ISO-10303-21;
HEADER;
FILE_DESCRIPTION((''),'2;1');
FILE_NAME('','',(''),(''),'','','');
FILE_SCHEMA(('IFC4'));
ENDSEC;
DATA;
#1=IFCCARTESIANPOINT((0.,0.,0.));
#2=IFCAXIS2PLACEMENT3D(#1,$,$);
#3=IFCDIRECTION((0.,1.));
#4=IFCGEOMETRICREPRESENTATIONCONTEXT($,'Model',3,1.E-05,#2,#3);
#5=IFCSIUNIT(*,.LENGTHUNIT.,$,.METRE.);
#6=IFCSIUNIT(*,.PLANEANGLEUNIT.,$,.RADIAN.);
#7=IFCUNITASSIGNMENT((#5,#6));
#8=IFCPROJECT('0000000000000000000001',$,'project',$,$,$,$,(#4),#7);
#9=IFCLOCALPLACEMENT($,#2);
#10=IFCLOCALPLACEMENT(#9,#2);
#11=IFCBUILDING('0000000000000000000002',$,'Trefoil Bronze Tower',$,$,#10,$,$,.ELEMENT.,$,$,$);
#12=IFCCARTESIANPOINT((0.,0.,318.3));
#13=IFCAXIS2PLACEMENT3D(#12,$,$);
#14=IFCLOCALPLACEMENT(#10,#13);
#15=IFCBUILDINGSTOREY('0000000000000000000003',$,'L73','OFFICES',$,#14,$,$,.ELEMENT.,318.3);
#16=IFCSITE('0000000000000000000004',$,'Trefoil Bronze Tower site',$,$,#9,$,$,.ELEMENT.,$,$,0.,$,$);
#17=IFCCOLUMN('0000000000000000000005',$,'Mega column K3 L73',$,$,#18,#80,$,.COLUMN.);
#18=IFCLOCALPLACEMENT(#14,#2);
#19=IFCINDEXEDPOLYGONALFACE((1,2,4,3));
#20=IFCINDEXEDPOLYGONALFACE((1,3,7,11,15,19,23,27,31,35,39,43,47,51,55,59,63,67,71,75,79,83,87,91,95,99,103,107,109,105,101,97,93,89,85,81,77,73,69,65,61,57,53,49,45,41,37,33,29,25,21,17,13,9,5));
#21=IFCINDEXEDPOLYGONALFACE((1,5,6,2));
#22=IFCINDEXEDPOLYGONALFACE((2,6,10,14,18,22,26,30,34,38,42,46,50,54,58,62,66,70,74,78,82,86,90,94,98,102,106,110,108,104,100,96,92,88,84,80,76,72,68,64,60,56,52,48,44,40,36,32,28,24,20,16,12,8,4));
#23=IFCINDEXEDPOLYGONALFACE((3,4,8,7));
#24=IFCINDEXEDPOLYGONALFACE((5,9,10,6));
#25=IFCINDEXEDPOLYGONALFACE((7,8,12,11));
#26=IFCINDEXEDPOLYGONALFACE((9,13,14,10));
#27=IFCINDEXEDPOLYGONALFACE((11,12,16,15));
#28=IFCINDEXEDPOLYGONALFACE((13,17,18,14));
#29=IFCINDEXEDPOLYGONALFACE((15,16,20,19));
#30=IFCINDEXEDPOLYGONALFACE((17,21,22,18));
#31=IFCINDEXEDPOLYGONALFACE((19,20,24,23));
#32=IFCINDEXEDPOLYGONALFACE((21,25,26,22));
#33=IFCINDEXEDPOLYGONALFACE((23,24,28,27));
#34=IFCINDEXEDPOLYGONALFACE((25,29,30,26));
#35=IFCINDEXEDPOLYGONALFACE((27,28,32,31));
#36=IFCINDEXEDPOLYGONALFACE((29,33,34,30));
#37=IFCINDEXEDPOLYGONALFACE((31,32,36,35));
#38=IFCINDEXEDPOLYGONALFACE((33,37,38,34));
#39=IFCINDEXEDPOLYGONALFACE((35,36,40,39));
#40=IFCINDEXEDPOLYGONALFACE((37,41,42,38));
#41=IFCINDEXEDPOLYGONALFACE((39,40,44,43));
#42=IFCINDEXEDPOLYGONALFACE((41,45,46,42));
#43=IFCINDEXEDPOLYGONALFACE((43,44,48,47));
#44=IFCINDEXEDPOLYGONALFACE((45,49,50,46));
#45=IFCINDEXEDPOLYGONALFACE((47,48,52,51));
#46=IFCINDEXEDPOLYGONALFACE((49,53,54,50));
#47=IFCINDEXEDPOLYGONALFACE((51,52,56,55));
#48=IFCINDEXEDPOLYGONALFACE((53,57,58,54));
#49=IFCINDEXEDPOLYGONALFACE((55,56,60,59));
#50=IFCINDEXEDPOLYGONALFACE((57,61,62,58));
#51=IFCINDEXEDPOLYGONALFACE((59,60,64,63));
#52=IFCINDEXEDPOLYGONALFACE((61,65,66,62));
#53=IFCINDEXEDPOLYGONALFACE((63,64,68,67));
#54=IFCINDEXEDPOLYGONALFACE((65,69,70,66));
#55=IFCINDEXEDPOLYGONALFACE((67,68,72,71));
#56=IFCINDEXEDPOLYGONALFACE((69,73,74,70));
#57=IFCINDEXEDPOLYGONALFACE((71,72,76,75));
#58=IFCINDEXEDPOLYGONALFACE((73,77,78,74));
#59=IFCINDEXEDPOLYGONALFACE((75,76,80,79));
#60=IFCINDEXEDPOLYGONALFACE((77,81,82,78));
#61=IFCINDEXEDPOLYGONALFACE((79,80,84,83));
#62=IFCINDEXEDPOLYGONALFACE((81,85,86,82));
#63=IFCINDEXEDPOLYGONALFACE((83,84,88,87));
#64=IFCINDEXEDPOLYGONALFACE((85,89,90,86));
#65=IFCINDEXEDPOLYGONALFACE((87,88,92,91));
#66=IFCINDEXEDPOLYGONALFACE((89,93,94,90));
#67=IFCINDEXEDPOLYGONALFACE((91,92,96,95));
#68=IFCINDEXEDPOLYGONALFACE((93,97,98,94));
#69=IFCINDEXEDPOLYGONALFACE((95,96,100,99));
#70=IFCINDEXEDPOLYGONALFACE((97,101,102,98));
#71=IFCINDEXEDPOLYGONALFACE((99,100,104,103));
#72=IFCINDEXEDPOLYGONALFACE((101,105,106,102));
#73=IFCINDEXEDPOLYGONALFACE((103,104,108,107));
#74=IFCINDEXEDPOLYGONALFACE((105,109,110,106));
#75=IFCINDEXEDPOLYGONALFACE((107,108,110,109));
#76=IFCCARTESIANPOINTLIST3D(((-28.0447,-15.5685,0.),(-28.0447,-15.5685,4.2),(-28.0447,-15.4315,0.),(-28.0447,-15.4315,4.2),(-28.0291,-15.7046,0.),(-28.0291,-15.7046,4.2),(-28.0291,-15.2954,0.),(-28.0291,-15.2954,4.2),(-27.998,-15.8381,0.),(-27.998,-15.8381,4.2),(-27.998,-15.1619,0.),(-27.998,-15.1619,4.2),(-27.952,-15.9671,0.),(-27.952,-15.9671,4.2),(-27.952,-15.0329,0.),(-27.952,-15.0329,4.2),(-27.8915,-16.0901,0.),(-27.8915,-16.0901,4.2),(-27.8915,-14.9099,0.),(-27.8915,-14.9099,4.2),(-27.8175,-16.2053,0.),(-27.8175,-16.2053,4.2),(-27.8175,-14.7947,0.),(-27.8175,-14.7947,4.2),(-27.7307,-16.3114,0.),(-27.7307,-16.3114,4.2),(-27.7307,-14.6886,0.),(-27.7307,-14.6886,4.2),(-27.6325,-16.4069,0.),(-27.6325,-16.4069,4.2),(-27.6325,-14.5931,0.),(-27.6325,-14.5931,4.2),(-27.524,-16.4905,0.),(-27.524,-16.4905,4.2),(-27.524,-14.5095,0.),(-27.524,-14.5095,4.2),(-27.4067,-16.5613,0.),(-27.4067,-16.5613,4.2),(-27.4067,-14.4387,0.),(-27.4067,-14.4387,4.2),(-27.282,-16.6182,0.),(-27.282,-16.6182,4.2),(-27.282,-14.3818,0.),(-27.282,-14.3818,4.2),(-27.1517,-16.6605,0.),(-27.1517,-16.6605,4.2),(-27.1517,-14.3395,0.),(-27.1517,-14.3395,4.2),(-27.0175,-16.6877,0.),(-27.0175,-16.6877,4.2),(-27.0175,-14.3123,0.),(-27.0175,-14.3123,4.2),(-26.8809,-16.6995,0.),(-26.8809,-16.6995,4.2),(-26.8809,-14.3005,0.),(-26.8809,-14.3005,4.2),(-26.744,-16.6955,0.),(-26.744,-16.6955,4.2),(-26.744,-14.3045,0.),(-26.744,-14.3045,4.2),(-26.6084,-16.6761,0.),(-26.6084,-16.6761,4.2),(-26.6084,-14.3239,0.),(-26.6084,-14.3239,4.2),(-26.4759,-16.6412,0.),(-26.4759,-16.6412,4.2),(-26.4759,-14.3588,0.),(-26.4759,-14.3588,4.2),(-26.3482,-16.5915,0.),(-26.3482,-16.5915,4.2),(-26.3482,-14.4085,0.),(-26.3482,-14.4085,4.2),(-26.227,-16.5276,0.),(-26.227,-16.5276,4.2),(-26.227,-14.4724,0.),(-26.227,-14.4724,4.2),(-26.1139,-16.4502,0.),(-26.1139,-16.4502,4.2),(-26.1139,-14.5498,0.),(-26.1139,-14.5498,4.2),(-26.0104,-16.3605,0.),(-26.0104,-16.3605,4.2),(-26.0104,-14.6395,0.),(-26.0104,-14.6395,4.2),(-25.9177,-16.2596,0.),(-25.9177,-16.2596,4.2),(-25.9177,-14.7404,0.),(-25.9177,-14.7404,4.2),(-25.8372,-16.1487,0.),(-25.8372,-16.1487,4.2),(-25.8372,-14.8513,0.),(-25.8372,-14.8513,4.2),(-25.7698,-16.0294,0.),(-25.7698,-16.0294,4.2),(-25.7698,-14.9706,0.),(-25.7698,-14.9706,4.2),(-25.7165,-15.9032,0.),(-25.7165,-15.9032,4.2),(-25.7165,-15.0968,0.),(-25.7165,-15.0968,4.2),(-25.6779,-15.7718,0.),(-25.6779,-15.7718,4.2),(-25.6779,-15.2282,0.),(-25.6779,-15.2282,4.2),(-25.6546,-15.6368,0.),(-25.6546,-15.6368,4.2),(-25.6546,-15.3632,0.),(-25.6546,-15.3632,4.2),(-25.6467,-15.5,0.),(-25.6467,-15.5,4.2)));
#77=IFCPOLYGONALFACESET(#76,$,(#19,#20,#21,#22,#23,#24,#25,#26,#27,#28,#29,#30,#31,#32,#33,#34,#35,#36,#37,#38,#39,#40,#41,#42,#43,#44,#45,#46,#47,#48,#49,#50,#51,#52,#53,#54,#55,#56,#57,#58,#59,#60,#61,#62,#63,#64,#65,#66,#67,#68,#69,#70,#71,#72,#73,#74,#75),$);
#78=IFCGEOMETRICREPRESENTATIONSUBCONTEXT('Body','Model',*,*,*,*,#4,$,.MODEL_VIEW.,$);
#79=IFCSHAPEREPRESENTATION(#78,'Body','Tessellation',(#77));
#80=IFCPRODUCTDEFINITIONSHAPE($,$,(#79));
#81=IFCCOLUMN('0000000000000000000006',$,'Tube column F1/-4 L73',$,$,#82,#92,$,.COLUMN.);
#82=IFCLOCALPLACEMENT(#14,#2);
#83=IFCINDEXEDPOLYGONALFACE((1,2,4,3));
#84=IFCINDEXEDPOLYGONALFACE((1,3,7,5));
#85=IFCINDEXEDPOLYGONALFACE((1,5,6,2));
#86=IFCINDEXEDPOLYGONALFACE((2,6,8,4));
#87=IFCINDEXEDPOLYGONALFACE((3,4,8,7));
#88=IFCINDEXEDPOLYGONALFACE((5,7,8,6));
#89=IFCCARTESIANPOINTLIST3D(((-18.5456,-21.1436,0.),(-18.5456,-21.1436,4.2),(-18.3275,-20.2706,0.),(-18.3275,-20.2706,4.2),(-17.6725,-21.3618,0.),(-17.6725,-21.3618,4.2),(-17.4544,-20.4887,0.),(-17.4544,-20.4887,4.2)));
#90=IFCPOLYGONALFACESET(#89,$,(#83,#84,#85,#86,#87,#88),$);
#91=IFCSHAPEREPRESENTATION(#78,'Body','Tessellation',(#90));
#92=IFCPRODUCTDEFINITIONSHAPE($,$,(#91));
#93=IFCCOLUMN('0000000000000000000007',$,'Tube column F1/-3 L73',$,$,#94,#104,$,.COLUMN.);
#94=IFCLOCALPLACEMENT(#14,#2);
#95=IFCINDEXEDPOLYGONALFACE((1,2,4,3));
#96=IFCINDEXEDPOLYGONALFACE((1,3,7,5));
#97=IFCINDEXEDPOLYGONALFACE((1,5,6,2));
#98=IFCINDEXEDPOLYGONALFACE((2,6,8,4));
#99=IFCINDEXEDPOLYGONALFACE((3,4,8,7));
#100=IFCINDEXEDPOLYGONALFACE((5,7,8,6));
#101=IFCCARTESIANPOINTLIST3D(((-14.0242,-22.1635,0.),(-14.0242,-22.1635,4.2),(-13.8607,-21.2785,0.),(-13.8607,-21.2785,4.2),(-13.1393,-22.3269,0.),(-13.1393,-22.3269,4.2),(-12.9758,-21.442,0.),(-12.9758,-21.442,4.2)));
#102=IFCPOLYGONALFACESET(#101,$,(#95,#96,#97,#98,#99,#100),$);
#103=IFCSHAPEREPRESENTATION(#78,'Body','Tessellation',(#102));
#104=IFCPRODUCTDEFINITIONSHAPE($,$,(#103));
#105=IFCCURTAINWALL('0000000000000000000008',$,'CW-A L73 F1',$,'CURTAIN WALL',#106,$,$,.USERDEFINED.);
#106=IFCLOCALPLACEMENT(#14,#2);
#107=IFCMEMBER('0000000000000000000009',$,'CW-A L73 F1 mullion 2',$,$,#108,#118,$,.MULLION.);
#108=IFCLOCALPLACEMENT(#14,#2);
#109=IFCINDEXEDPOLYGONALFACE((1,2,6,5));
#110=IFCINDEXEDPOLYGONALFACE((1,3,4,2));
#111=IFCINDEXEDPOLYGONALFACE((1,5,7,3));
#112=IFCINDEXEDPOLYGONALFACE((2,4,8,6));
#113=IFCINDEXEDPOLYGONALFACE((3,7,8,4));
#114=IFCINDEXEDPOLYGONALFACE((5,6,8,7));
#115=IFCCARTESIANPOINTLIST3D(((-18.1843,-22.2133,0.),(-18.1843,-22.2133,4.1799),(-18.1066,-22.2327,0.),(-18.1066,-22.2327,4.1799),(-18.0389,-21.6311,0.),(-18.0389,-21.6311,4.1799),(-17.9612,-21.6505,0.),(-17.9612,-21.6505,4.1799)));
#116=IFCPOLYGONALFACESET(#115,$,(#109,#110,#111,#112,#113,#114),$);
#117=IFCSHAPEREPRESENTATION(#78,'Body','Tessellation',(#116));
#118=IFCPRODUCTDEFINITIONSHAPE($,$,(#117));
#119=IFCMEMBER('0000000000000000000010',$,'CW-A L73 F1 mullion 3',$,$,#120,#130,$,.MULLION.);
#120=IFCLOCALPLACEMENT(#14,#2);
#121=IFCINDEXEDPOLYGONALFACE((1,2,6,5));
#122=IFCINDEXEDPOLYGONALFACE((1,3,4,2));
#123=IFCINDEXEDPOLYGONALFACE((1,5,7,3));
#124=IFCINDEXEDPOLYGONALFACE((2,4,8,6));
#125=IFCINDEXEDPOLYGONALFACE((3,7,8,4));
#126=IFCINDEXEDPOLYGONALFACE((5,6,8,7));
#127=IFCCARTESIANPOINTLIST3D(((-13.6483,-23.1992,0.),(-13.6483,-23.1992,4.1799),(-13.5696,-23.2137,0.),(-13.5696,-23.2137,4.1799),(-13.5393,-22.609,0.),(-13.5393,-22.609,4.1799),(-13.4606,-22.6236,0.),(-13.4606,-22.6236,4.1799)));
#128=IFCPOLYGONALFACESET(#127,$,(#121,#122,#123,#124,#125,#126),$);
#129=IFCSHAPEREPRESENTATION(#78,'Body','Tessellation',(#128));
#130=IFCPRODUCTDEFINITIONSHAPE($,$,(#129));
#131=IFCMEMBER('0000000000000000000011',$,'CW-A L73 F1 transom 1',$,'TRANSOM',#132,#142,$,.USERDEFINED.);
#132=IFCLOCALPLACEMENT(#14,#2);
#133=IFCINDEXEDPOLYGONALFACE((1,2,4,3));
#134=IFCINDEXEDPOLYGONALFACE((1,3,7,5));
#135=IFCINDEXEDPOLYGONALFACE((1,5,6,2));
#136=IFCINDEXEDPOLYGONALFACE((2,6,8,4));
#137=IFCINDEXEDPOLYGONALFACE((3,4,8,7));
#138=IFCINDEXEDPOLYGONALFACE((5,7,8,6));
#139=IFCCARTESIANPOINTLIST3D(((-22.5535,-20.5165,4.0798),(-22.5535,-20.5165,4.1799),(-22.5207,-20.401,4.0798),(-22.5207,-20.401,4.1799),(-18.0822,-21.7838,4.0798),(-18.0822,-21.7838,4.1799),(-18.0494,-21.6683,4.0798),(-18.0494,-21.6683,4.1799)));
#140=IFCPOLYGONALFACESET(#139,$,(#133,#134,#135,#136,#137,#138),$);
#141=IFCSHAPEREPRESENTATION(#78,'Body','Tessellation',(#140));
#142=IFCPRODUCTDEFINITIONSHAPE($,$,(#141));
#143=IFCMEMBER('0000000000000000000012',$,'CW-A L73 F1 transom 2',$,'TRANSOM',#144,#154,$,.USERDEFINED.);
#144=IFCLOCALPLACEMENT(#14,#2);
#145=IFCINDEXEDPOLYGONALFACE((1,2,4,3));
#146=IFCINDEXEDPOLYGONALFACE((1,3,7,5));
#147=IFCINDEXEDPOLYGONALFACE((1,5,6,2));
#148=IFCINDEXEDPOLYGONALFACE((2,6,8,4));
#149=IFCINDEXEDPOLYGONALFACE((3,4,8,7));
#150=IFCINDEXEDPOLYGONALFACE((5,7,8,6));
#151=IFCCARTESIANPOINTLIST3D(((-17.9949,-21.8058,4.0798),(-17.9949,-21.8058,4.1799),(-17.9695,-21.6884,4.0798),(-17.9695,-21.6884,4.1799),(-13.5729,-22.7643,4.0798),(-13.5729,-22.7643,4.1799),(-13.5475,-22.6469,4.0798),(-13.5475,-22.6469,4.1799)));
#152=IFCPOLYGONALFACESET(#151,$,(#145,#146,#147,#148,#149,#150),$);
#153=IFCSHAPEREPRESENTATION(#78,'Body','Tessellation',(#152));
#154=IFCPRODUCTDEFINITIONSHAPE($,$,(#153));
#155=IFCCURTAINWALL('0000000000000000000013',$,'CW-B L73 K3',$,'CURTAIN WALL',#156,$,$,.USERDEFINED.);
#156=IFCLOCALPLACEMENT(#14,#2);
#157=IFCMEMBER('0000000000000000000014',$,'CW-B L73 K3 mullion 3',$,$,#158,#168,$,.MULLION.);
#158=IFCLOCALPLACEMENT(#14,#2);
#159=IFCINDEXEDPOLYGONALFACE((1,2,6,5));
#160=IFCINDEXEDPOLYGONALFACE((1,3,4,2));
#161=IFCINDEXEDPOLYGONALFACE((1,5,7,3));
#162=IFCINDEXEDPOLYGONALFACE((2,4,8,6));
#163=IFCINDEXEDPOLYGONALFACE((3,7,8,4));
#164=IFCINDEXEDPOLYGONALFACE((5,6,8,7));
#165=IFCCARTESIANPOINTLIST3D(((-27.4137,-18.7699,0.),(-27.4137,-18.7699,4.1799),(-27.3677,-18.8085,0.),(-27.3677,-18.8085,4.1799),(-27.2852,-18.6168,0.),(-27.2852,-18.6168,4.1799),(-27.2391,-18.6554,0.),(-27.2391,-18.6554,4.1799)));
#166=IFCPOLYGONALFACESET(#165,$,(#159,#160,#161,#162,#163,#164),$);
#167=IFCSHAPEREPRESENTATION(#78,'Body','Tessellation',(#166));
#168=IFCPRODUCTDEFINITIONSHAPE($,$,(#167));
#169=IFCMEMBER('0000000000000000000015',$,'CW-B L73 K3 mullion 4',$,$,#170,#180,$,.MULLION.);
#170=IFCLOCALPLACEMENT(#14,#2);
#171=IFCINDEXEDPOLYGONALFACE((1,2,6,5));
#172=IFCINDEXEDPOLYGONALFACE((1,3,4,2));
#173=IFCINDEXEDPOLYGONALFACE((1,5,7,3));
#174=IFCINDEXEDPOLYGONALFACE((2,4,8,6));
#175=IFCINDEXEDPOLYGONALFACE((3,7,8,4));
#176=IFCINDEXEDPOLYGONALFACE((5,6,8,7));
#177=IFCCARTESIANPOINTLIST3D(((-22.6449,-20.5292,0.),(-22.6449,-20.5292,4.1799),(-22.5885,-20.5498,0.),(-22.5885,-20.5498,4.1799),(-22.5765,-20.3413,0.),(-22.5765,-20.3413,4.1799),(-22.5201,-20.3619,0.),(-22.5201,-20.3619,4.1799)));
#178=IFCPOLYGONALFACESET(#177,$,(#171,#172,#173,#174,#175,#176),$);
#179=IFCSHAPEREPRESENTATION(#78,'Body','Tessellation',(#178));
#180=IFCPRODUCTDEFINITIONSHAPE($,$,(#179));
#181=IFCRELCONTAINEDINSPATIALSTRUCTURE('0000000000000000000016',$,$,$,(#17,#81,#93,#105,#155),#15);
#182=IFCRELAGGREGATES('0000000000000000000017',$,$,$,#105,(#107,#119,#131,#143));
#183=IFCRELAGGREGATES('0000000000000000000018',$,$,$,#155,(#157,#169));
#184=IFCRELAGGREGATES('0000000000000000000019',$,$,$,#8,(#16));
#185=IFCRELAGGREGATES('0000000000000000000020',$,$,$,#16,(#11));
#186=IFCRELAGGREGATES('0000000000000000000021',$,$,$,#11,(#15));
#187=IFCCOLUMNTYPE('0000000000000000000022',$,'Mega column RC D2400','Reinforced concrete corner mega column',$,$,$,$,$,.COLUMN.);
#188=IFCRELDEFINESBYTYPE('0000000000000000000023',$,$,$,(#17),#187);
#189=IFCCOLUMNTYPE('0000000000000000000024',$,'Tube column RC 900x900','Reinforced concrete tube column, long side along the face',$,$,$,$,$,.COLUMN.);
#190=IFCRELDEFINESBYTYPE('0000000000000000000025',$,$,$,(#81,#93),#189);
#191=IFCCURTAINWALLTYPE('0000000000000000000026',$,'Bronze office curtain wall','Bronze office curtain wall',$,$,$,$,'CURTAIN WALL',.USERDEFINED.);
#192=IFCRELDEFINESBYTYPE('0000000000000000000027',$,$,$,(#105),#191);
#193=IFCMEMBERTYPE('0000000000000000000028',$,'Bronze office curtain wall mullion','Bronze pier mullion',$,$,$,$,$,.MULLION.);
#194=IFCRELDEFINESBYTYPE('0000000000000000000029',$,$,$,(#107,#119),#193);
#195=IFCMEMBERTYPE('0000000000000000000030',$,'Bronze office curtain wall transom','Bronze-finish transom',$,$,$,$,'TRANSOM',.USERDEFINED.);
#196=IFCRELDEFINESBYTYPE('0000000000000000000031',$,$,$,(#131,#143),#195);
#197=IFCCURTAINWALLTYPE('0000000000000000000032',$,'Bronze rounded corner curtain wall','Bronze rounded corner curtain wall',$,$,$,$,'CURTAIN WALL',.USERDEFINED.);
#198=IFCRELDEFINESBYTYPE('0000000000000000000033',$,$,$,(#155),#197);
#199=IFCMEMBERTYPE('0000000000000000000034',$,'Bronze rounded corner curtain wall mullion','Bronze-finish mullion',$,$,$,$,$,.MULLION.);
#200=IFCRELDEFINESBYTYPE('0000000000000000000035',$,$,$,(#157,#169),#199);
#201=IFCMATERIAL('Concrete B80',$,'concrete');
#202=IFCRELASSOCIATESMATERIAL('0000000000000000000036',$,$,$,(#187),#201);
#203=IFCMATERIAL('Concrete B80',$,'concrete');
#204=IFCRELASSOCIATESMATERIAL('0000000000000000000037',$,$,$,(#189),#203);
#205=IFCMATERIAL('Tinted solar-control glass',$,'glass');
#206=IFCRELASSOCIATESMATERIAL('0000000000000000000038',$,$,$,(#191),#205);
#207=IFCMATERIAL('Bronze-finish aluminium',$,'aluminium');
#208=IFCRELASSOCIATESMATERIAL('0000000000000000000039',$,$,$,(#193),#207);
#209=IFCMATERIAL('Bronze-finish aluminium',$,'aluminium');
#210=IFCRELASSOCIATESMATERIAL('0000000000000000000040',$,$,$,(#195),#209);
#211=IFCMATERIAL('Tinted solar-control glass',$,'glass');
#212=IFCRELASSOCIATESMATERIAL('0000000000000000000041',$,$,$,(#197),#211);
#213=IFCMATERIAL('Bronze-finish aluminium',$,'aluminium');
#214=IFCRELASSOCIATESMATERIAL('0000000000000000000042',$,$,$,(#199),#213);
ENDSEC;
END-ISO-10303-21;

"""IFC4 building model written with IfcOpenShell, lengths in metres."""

from ifc_helpers import new_model, si_unit, direction, frame, origin, origin_2d, place, context, subcontext, project, spatial, rectangle, circle, extrude, material, material_profile, profile_set, type_object, element, aggregate, save


model = new_model("IFC4")

# Units and contexts
model_context = context("Model", 3, precision=1e-05, world=origin(), true_north=direction((0.0, 1.0)))
body_context = subcontext(model_context, "Body", "Model", "MODEL_VIEW")
ifc_project = project(units=[si_unit("LENGTHUNIT", "METRE"), si_unit("PLANEANGLEUNIT", "RADIAN")], contexts=[model_context])

# Site, building, storey
site_placement = place(None, origin())
site = spatial("IfcSite", under=ifc_project, at=site_placement, Name="Trefoil Bronze Tower site", CompositionType="ELEMENT", RefElevation=0.0)
building_placement = place(site_placement, origin())
building = spatial("IfcBuilding", under=site, at=building_placement, Name="Trefoil Bronze Tower", CompositionType="ELEMENT")
storey_placement = place(building_placement, frame((0.0, 0.0, 318.3)))
storey = spatial("IfcBuildingStorey", under=building, at=storey_placement, Name="L73", Description="OFFICES", CompositionType="ELEMENT", Elevation=318.3)

# Columns
ifc_material_1 = material(Name="Concrete B80", Category="concrete")
ifc_material_profile_1 = material_profile(ifc_material_1, circle(Radius=1.2, at=origin_2d()), Name="RC D2400")
ifc_profile_set_1 = profile_set([ifc_material_profile_1], Name="Concrete B80")
column_type_1 = type_object("IfcColumnType", Name="Mega column RC D2400", Description="Reinforced concrete corner mega column", PredefinedType="COLUMN", material=ifc_profile_set_1)
column_placement = place(storey_placement, frame((-26.8467, -15.5, 0.0), z_axis=(0.0, 0.0, 1.0), x_axis=(1.0, 0.0, 0.0)))
element("IfcColumn", 1, at=column_placement, inside=storey, type_object=column_type_1, Name="Mega column K3 L73", PredefinedType="COLUMN", context=body_context, shape_type="SweptSolid", body=[
    extrude(circle(Radius=1.2, at=origin_2d()), origin(), (0.0, 0.0, 1.0), 4.2),
])
ifc_material_2 = material(Name="Concrete B80", Category="concrete")
ifc_material_profile_2 = material_profile(ifc_material_2, rectangle(XDim=0.8999, YDim=0.8999, at=origin_2d()), Name="RC 900x900")
ifc_profile_set_2 = profile_set([ifc_material_profile_2], Name="Concrete B80")
column_type_2 = type_object("IfcColumnType", Name="Tube column RC 900x900", Description="Reinforced concrete tube column, long side along the face", PredefinedType="COLUMN", material=ifc_profile_set_2)
for number, where, z_axis, x_axis, name in (
    (2, (-18.0, -20.8162, 0.0), (0.0, 0.0, 1.0), (0.970178, -0.242394, 0.0), "Tube column F1/-4 L73"),
    (3, (-13.5, -21.8027, 0.0), (0.0, 0.0, 1.0), (0.98336, -0.181667, 0.0), "Tube column F1/-3 L73"),
):
    element("IfcColumn", number, at=place(storey_placement, frame(where, z_axis=z_axis, x_axis=x_axis)), inside=storey, type_object=column_type_2, Name=name, PredefinedType="COLUMN", context=body_context, shape_type="SweptSolid", body=[
        extrude(rectangle(XDim=0.8999, YDim=0.8999, at=origin_2d()), origin(), (0.0, 0.0, 1.0), 4.2),
    ])

# Curtain walls, members
ifc_material_3 = material(Name="Tinted solar-control glass", Category="glass")
curtain_wall_type_1 = type_object("IfcCurtainWallType", Name="Bronze office curtain wall", Description="Bronze office curtain wall", ElementType="CURTAIN WALL", PredefinedType="USERDEFINED", material=ifc_material_3)
curtain_wall_1_placement = place(storey_placement, origin())
curtain_wall_1 = element("IfcCurtainWall", 4, at=curtain_wall_1_placement, inside=storey, type_object=curtain_wall_type_1, Name="CW-A L73 F1", ObjectType="CURTAIN WALL", PredefinedType="USERDEFINED")
ifc_material_4 = material(Name="Bronze-finish aluminium", Category="aluminium")
ifc_material_profile_3 = material_profile(ifc_material_4, rectangle(XDim=0.6001, YDim=0.0801, at=origin_2d()), Name="CW-A mullion")
ifc_profile_set_3 = profile_set([ifc_material_profile_3], Name="Bronze-finish aluminium")
member_type_1 = type_object("IfcMemberType", Name="Bronze office curtain wall mullion", Description="Bronze pier mullion", PredefinedType="MULLION", material=ifc_profile_set_3)
member_1_placement = place(storey_placement, frame((-18.0728, -21.9319, 0.0), z_axis=(0.0, 0.0, 1.0), x_axis=(0.242394, 0.970178, 0.0)))
member_1 = element("IfcMember", 5, at=member_1_placement, type_object=member_type_1, Name="CW-A L73 F1 mullion 2", PredefinedType="MULLION", context=body_context, shape_type="SweptSolid", body=[
    extrude(rectangle(XDim=0.6001, YDim=0.0801, at=origin_2d()), origin(), (0.0, 0.0, 1.0), 4.1799),
])
member_2_placement = place(storey_placement, frame((-13.5544, -22.9114, 0.0), z_axis=(0.0, 0.0, 1.0), x_axis=(0.181667, 0.98336, 0.0)))
member_2 = element("IfcMember", 6, at=member_2_placement, type_object=member_type_1, Name="CW-A L73 F1 mullion 3", PredefinedType="MULLION", context=body_context, shape_type="SweptSolid", body=[
    extrude(rectangle(XDim=0.6001, YDim=0.0801, at=origin_2d()), origin(), (0.0, 0.0, 1.0), 4.1799),
])
ifc_material_5 = material(Name="Bronze-finish aluminium", Category="aluminium")
ifc_material_profile_4 = material_profile(ifc_material_5, rectangle(XDim=0.1201, YDim=0.1001, at=origin_2d()), Name="CW-A transom")
ifc_profile_set_4 = profile_set([ifc_material_profile_4], Name="Bronze-finish aluminium")
member_type_2 = type_object("IfcMemberType", Name="Bronze office curtain wall transom", Description="Bronze-finish transom", ElementType="TRANSOM", PredefinedType="USERDEFINED", material=ifc_profile_set_4)
member_3_placement = place(storey_placement, frame((-22.5371, -20.4587, 4.1299), z_axis=(0.962103, -0.272688, 0.0), x_axis=(0.272688, 0.962103, 0.0)))
member_3 = element("IfcMember", 7, at=member_3_placement, type_object=member_type_2, Name="CW-A L73 F1 transom 1", ObjectType="TRANSOM", PredefinedType="USERDEFINED", context=body_context, shape_type="SweptSolid", body=[
    extrude(rectangle(XDim=0.1201, YDim=0.1001, at=origin_2d()), origin(), (0.0, 0.0, 1.0), 4.6475),
])
member_4_placement = place(storey_placement, frame((-17.9822, -21.7471, 4.1299), z_axis=(0.977304, -0.211843, 0.0), x_axis=(0.211843, 0.977304, 0.0)))
member_4 = element("IfcMember", 8, at=member_4_placement, type_object=member_type_2, Name="CW-A L73 F1 transom 2", ObjectType="TRANSOM", PredefinedType="USERDEFINED", context=body_context, shape_type="SweptSolid", body=[
    extrude(rectangle(XDim=0.1201, YDim=0.1001, at=origin_2d()), origin(), (0.0, 0.0, 1.0), 4.5247),
])
ifc_material_6 = material(Name="Tinted solar-control glass", Category="glass")
curtain_wall_type_2 = type_object("IfcCurtainWallType", Name="Bronze rounded corner curtain wall", Description="Bronze rounded corner curtain wall", ElementType="CURTAIN WALL", PredefinedType="USERDEFINED", material=ifc_material_6)
curtain_wall_2_placement = place(storey_placement, origin())
curtain_wall_2 = element("IfcCurtainWall", 9, at=curtain_wall_2_placement, inside=storey, type_object=curtain_wall_type_2, Name="CW-B L73 K3", ObjectType="CURTAIN WALL", PredefinedType="USERDEFINED")
ifc_material_7 = material(Name="Bronze-finish aluminium", Category="aluminium")
ifc_material_profile_5 = material_profile(ifc_material_7, rectangle(XDim=0.2, YDim=0.0601, at=origin_2d()), Name="CW-B mullion")
ifc_profile_set_5 = profile_set([ifc_material_profile_5], Name="Bronze-finish aluminium")
member_type_3 = type_object("IfcMemberType", Name="Bronze rounded corner curtain wall mullion", Description="Bronze-finish mullion", PredefinedType="MULLION", material=ifc_profile_set_5)
member_5_placement = place(storey_placement, frame((-27.3264, -18.7126, 0.0), z_axis=(0.0, 0.0, 1.0), x_axis=(0.642788, 0.766044, 0.0)))
member_5 = element("IfcMember", 10, at=member_5_placement, type_object=member_type_3, Name="CW-B L73 K3 mullion 3", PredefinedType="MULLION", context=body_context, shape_type="SweptSolid", body=[
    extrude(rectangle(XDim=0.2, YDim=0.0601, at=origin_2d()), origin(), (0.0, 0.0, 1.0), 4.1799),
])
member_6_placement = place(storey_placement, frame((-22.5825, -20.4456, 0.0), z_axis=(0.0, 0.0, 1.0), x_axis=(0.34202, 0.939693, 0.0)))
member_6 = element("IfcMember", 11, at=member_6_placement, type_object=member_type_3, Name="CW-B L73 K3 mullion 4", PredefinedType="MULLION", context=body_context, shape_type="SweptSolid", body=[
    extrude(rectangle(XDim=0.2, YDim=0.0601, at=origin_2d()), origin(), (0.0, 0.0, 1.0), 4.1799),
])

aggregate(curtain_wall_1, [member_1, member_2, member_3, member_4])
aggregate(curtain_wall_2, [member_5, member_6])

save(model, "model.ifc")
